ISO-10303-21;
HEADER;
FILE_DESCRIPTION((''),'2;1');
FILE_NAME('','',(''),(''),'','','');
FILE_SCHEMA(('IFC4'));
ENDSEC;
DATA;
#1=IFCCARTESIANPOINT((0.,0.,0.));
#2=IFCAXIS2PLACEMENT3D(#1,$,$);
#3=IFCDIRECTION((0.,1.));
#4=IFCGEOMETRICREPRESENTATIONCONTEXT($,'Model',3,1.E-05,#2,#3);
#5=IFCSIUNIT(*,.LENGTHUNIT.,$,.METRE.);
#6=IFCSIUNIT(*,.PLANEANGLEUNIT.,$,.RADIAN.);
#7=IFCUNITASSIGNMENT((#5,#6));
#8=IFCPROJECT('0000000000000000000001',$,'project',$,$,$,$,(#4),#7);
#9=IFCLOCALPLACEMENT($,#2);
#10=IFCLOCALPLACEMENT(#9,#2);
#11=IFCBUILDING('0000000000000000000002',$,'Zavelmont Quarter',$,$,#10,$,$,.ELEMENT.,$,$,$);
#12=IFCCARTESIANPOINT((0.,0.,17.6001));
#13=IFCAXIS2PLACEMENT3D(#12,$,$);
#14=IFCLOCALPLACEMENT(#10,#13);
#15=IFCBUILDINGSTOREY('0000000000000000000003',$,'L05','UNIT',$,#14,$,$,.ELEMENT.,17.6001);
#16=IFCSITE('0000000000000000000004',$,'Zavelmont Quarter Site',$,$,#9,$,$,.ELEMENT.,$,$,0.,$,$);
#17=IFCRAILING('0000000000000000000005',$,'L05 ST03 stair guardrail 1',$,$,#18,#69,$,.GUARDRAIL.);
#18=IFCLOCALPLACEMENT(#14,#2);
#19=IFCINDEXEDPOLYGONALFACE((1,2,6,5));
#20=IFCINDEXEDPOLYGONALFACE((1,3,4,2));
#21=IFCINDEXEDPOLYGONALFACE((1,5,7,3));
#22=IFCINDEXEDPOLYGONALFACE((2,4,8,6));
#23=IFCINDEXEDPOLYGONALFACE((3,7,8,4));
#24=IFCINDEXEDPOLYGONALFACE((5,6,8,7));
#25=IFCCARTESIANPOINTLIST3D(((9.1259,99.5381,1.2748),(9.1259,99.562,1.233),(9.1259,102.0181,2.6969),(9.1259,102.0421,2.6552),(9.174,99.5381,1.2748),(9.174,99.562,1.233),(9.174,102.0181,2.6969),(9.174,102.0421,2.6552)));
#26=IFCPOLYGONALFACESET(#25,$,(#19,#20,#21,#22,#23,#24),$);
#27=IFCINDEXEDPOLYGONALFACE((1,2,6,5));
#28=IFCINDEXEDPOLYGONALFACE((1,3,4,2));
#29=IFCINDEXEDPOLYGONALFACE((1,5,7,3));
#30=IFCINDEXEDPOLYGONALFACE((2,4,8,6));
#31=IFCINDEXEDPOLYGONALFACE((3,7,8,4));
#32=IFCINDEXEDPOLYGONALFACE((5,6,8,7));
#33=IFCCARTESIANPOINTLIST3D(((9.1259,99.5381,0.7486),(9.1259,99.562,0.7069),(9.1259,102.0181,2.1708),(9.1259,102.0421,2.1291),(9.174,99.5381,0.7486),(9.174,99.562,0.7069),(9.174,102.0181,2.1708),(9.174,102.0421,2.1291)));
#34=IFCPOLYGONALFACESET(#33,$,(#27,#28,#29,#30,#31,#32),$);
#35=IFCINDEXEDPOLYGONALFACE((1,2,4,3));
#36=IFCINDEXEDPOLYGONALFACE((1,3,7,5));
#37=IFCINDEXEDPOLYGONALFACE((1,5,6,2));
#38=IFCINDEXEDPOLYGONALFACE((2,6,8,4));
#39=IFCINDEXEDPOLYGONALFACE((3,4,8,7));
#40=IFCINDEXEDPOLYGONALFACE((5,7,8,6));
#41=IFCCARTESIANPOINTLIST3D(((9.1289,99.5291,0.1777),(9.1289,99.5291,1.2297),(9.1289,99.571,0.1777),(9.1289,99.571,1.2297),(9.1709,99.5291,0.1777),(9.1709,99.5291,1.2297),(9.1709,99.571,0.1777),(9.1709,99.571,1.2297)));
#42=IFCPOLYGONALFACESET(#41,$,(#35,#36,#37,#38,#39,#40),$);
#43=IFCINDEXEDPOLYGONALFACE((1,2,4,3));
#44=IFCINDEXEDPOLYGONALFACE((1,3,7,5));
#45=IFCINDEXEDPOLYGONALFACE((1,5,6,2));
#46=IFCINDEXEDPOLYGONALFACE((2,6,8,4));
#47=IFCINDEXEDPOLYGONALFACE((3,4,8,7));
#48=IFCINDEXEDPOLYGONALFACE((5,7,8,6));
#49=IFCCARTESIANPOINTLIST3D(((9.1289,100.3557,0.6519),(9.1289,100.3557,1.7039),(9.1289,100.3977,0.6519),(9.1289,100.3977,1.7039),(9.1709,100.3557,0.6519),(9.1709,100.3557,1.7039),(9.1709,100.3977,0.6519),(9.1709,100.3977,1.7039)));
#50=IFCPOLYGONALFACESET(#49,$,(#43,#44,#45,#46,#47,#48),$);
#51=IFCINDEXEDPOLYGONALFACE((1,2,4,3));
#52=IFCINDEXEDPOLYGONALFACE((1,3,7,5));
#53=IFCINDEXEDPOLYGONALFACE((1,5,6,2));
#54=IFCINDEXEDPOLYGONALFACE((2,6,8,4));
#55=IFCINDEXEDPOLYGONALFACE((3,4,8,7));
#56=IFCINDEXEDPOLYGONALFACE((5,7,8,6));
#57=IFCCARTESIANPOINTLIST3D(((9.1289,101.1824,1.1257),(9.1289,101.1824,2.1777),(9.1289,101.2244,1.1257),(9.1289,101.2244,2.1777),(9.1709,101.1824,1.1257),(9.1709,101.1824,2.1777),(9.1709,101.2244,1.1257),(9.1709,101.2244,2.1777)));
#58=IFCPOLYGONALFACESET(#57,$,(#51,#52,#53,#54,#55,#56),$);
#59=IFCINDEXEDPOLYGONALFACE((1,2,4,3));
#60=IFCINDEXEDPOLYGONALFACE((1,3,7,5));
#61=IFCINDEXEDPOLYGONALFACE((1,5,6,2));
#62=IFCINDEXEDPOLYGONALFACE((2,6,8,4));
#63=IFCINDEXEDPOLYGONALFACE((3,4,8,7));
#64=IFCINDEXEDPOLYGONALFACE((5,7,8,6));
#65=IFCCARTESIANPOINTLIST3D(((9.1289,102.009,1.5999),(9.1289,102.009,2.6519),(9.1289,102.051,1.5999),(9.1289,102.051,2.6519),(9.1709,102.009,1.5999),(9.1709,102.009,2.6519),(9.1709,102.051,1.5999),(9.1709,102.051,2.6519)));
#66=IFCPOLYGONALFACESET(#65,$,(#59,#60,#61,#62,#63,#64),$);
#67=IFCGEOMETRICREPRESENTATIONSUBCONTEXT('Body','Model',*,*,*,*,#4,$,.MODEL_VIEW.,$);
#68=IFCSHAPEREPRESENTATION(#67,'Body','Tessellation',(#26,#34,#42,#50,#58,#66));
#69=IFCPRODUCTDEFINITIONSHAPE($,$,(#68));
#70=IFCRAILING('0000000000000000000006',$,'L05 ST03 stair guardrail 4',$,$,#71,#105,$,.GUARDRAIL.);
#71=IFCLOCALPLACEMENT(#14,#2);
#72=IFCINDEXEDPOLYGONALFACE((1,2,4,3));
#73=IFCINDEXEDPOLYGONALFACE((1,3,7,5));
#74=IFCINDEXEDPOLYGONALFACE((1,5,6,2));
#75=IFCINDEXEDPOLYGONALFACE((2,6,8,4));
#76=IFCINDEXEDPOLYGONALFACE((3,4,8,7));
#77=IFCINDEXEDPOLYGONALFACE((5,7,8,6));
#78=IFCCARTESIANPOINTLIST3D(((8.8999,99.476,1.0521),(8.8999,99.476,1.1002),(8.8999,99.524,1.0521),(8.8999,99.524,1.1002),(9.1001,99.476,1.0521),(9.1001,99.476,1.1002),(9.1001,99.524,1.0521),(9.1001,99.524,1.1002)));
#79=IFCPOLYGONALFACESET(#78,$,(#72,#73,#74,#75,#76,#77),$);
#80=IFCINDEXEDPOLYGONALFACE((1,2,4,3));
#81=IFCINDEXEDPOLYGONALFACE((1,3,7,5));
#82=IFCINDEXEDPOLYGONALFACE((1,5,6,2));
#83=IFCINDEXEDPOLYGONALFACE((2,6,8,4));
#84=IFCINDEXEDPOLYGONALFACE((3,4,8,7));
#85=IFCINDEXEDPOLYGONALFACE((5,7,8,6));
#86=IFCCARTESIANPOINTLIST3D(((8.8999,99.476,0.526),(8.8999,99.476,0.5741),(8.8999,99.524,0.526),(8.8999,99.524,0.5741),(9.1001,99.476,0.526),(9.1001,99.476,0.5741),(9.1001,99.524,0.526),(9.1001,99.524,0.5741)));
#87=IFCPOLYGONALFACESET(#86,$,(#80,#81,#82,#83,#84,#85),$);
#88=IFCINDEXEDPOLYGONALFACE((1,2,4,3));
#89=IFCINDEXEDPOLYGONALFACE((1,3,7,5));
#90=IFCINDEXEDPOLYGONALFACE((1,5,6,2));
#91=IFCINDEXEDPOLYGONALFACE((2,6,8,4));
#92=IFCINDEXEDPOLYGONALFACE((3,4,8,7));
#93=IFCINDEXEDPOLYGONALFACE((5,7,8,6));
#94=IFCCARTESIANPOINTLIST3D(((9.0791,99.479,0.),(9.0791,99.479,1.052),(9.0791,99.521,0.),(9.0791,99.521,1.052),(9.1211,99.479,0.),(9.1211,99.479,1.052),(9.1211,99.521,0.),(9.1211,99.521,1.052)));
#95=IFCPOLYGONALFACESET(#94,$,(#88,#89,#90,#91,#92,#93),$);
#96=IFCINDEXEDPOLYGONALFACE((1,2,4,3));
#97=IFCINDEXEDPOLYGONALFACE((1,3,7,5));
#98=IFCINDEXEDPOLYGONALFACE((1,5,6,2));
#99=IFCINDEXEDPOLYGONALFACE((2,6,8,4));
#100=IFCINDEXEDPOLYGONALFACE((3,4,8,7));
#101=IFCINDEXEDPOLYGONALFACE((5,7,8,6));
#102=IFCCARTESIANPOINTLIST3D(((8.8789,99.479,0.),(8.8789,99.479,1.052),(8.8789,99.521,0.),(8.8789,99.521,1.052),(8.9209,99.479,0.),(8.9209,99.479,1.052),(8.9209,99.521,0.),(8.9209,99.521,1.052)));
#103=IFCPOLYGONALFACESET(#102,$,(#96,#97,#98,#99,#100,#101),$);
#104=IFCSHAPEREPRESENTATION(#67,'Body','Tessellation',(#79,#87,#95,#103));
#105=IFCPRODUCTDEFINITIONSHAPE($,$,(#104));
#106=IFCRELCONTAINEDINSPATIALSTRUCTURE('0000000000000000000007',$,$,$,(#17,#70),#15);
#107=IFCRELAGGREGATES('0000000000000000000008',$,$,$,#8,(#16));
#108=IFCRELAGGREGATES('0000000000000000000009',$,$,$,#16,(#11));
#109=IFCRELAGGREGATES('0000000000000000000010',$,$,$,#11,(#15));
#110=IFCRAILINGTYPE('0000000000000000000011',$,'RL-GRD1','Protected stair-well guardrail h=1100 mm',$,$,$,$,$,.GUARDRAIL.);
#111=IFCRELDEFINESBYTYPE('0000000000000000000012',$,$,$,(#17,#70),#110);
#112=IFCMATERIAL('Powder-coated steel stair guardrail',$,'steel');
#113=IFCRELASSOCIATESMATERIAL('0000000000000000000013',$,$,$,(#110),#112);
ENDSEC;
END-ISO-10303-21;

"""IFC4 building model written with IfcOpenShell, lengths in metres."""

from ifc_helpers import new_model, si_unit, direction, frame, origin, origin_2d, place, context, subcontext, project, spatial, rectangle, extrude, material, type_object, element, save


model = new_model("IFC4")

# Units and contexts
model_context = context("Model", 3, precision=1e-05, world=origin(), true_north=direction((0.0, 1.0)))
body_context = subcontext(model_context, "Body", "Model", "MODEL_VIEW")
ifc_project = project(units=[si_unit("LENGTHUNIT", "METRE"), si_unit("PLANEANGLEUNIT", "RADIAN")], contexts=[model_context])

# Site, building, storey
site_placement = place(None, origin())
site = spatial("IfcSite", under=ifc_project, at=site_placement, Name="Zavelmont Quarter Site", CompositionType="ELEMENT", RefElevation=0.0)
building_placement = place(site_placement, origin())
building = spatial("IfcBuilding", under=site, at=building_placement, Name="Zavelmont Quarter", CompositionType="ELEMENT")
storey_placement = place(building_placement, frame((0.0, 0.0, 17.6001)))
storey = spatial("IfcBuildingStorey", under=building, at=storey_placement, Name="L05", Description="UNIT", CompositionType="ELEMENT", Elevation=17.6001)

# Railings
ifc_material_1 = material(Name="Powder-coated steel stair guardrail", Category="steel")
railing_type = type_object("IfcRailingType", Name="RL-GRD1", Description="Protected stair-well guardrail h=1100 mm", PredefinedType="GUARDRAIL", material=ifc_material_1)
railing_1_placement = place(storey_placement, frame((9.1499, 99.55, 0.1777)))
element("IfcRailing", 1, at=railing_1_placement, inside=storey, type_object=railing_type, Name="L05 ST03 stair guardrail 1", PredefinedType="GUARDRAIL", context=body_context, shape_type="SweptSolid", body=[
    extrude(rectangle(XDim=0.0481, YDim=0.0481, at=origin_2d()), frame((0.0, 0.0, 1.0762), z_axis=(0.0, 0.867491, 0.497454), x_axis=(-1.0, 0.0, 0.0)), (0.0, 0.0, 1.0), 2.8589),
    extrude(rectangle(XDim=0.0481, YDim=0.0481, at=origin_2d()), frame((0.0, 0.0, 0.55), z_axis=(0.0, 0.867491, 0.497454), x_axis=(-1.0, 0.0, 0.0)), (0.0, 0.0, 1.0), 2.8589),
    extrude(rectangle(XDim=0.042, YDim=0.042, at=origin_2d()), origin(), (0.0, 0.0, 1.0), 1.052),
    extrude(rectangle(XDim=0.042, YDim=0.042, at=origin_2d()), frame((0.0, 0.8267, 0.4741)), (0.0, 0.0, 1.0), 1.052),
    extrude(rectangle(XDim=0.042, YDim=0.042, at=origin_2d()), frame((0.0, 1.6533, 0.948)), (0.0, 0.0, 1.0), 1.052),
    extrude(rectangle(XDim=0.042, YDim=0.042, at=origin_2d()), frame((0.0, 2.48, 1.4221)), (0.0, 0.0, 1.0), 1.052),
])
railing_2_placement = place(storey_placement, frame((9.1001, 99.5, 0.0)))
element("IfcRailing", 2, at=railing_2_placement, inside=storey, type_object=railing_type, Name="L05 ST03 stair guardrail 4", PredefinedType="GUARDRAIL", context=body_context, shape_type="SweptSolid", body=[
    extrude(rectangle(XDim=0.0481, YDim=0.0481, at=origin_2d()), frame((0.0, 0.0, 1.0762), z_axis=(-1.0, 0.0, 0.0), x_axis=(0.0, -1.0, 0.0)), (0.0, 0.0, 1.0), 0.2002),
    extrude(rectangle(XDim=0.0481, YDim=0.0481, at=origin_2d()), frame((0.0, 0.0, 0.55), z_axis=(-1.0, 0.0, 0.0), x_axis=(0.0, -1.0, 0.0)), (0.0, 0.0, 1.0), 0.2002),
    extrude(rectangle(XDim=0.042, YDim=0.042, at=origin_2d()), origin(), (0.0, 0.0, 1.0), 1.052),
    extrude(rectangle(XDim=0.042, YDim=0.042, at=origin_2d()), frame((-0.2002, 0.0, 0.0)), (0.0, 0.0, 1.0), 1.052),
])

save(model, "model.ifc")
